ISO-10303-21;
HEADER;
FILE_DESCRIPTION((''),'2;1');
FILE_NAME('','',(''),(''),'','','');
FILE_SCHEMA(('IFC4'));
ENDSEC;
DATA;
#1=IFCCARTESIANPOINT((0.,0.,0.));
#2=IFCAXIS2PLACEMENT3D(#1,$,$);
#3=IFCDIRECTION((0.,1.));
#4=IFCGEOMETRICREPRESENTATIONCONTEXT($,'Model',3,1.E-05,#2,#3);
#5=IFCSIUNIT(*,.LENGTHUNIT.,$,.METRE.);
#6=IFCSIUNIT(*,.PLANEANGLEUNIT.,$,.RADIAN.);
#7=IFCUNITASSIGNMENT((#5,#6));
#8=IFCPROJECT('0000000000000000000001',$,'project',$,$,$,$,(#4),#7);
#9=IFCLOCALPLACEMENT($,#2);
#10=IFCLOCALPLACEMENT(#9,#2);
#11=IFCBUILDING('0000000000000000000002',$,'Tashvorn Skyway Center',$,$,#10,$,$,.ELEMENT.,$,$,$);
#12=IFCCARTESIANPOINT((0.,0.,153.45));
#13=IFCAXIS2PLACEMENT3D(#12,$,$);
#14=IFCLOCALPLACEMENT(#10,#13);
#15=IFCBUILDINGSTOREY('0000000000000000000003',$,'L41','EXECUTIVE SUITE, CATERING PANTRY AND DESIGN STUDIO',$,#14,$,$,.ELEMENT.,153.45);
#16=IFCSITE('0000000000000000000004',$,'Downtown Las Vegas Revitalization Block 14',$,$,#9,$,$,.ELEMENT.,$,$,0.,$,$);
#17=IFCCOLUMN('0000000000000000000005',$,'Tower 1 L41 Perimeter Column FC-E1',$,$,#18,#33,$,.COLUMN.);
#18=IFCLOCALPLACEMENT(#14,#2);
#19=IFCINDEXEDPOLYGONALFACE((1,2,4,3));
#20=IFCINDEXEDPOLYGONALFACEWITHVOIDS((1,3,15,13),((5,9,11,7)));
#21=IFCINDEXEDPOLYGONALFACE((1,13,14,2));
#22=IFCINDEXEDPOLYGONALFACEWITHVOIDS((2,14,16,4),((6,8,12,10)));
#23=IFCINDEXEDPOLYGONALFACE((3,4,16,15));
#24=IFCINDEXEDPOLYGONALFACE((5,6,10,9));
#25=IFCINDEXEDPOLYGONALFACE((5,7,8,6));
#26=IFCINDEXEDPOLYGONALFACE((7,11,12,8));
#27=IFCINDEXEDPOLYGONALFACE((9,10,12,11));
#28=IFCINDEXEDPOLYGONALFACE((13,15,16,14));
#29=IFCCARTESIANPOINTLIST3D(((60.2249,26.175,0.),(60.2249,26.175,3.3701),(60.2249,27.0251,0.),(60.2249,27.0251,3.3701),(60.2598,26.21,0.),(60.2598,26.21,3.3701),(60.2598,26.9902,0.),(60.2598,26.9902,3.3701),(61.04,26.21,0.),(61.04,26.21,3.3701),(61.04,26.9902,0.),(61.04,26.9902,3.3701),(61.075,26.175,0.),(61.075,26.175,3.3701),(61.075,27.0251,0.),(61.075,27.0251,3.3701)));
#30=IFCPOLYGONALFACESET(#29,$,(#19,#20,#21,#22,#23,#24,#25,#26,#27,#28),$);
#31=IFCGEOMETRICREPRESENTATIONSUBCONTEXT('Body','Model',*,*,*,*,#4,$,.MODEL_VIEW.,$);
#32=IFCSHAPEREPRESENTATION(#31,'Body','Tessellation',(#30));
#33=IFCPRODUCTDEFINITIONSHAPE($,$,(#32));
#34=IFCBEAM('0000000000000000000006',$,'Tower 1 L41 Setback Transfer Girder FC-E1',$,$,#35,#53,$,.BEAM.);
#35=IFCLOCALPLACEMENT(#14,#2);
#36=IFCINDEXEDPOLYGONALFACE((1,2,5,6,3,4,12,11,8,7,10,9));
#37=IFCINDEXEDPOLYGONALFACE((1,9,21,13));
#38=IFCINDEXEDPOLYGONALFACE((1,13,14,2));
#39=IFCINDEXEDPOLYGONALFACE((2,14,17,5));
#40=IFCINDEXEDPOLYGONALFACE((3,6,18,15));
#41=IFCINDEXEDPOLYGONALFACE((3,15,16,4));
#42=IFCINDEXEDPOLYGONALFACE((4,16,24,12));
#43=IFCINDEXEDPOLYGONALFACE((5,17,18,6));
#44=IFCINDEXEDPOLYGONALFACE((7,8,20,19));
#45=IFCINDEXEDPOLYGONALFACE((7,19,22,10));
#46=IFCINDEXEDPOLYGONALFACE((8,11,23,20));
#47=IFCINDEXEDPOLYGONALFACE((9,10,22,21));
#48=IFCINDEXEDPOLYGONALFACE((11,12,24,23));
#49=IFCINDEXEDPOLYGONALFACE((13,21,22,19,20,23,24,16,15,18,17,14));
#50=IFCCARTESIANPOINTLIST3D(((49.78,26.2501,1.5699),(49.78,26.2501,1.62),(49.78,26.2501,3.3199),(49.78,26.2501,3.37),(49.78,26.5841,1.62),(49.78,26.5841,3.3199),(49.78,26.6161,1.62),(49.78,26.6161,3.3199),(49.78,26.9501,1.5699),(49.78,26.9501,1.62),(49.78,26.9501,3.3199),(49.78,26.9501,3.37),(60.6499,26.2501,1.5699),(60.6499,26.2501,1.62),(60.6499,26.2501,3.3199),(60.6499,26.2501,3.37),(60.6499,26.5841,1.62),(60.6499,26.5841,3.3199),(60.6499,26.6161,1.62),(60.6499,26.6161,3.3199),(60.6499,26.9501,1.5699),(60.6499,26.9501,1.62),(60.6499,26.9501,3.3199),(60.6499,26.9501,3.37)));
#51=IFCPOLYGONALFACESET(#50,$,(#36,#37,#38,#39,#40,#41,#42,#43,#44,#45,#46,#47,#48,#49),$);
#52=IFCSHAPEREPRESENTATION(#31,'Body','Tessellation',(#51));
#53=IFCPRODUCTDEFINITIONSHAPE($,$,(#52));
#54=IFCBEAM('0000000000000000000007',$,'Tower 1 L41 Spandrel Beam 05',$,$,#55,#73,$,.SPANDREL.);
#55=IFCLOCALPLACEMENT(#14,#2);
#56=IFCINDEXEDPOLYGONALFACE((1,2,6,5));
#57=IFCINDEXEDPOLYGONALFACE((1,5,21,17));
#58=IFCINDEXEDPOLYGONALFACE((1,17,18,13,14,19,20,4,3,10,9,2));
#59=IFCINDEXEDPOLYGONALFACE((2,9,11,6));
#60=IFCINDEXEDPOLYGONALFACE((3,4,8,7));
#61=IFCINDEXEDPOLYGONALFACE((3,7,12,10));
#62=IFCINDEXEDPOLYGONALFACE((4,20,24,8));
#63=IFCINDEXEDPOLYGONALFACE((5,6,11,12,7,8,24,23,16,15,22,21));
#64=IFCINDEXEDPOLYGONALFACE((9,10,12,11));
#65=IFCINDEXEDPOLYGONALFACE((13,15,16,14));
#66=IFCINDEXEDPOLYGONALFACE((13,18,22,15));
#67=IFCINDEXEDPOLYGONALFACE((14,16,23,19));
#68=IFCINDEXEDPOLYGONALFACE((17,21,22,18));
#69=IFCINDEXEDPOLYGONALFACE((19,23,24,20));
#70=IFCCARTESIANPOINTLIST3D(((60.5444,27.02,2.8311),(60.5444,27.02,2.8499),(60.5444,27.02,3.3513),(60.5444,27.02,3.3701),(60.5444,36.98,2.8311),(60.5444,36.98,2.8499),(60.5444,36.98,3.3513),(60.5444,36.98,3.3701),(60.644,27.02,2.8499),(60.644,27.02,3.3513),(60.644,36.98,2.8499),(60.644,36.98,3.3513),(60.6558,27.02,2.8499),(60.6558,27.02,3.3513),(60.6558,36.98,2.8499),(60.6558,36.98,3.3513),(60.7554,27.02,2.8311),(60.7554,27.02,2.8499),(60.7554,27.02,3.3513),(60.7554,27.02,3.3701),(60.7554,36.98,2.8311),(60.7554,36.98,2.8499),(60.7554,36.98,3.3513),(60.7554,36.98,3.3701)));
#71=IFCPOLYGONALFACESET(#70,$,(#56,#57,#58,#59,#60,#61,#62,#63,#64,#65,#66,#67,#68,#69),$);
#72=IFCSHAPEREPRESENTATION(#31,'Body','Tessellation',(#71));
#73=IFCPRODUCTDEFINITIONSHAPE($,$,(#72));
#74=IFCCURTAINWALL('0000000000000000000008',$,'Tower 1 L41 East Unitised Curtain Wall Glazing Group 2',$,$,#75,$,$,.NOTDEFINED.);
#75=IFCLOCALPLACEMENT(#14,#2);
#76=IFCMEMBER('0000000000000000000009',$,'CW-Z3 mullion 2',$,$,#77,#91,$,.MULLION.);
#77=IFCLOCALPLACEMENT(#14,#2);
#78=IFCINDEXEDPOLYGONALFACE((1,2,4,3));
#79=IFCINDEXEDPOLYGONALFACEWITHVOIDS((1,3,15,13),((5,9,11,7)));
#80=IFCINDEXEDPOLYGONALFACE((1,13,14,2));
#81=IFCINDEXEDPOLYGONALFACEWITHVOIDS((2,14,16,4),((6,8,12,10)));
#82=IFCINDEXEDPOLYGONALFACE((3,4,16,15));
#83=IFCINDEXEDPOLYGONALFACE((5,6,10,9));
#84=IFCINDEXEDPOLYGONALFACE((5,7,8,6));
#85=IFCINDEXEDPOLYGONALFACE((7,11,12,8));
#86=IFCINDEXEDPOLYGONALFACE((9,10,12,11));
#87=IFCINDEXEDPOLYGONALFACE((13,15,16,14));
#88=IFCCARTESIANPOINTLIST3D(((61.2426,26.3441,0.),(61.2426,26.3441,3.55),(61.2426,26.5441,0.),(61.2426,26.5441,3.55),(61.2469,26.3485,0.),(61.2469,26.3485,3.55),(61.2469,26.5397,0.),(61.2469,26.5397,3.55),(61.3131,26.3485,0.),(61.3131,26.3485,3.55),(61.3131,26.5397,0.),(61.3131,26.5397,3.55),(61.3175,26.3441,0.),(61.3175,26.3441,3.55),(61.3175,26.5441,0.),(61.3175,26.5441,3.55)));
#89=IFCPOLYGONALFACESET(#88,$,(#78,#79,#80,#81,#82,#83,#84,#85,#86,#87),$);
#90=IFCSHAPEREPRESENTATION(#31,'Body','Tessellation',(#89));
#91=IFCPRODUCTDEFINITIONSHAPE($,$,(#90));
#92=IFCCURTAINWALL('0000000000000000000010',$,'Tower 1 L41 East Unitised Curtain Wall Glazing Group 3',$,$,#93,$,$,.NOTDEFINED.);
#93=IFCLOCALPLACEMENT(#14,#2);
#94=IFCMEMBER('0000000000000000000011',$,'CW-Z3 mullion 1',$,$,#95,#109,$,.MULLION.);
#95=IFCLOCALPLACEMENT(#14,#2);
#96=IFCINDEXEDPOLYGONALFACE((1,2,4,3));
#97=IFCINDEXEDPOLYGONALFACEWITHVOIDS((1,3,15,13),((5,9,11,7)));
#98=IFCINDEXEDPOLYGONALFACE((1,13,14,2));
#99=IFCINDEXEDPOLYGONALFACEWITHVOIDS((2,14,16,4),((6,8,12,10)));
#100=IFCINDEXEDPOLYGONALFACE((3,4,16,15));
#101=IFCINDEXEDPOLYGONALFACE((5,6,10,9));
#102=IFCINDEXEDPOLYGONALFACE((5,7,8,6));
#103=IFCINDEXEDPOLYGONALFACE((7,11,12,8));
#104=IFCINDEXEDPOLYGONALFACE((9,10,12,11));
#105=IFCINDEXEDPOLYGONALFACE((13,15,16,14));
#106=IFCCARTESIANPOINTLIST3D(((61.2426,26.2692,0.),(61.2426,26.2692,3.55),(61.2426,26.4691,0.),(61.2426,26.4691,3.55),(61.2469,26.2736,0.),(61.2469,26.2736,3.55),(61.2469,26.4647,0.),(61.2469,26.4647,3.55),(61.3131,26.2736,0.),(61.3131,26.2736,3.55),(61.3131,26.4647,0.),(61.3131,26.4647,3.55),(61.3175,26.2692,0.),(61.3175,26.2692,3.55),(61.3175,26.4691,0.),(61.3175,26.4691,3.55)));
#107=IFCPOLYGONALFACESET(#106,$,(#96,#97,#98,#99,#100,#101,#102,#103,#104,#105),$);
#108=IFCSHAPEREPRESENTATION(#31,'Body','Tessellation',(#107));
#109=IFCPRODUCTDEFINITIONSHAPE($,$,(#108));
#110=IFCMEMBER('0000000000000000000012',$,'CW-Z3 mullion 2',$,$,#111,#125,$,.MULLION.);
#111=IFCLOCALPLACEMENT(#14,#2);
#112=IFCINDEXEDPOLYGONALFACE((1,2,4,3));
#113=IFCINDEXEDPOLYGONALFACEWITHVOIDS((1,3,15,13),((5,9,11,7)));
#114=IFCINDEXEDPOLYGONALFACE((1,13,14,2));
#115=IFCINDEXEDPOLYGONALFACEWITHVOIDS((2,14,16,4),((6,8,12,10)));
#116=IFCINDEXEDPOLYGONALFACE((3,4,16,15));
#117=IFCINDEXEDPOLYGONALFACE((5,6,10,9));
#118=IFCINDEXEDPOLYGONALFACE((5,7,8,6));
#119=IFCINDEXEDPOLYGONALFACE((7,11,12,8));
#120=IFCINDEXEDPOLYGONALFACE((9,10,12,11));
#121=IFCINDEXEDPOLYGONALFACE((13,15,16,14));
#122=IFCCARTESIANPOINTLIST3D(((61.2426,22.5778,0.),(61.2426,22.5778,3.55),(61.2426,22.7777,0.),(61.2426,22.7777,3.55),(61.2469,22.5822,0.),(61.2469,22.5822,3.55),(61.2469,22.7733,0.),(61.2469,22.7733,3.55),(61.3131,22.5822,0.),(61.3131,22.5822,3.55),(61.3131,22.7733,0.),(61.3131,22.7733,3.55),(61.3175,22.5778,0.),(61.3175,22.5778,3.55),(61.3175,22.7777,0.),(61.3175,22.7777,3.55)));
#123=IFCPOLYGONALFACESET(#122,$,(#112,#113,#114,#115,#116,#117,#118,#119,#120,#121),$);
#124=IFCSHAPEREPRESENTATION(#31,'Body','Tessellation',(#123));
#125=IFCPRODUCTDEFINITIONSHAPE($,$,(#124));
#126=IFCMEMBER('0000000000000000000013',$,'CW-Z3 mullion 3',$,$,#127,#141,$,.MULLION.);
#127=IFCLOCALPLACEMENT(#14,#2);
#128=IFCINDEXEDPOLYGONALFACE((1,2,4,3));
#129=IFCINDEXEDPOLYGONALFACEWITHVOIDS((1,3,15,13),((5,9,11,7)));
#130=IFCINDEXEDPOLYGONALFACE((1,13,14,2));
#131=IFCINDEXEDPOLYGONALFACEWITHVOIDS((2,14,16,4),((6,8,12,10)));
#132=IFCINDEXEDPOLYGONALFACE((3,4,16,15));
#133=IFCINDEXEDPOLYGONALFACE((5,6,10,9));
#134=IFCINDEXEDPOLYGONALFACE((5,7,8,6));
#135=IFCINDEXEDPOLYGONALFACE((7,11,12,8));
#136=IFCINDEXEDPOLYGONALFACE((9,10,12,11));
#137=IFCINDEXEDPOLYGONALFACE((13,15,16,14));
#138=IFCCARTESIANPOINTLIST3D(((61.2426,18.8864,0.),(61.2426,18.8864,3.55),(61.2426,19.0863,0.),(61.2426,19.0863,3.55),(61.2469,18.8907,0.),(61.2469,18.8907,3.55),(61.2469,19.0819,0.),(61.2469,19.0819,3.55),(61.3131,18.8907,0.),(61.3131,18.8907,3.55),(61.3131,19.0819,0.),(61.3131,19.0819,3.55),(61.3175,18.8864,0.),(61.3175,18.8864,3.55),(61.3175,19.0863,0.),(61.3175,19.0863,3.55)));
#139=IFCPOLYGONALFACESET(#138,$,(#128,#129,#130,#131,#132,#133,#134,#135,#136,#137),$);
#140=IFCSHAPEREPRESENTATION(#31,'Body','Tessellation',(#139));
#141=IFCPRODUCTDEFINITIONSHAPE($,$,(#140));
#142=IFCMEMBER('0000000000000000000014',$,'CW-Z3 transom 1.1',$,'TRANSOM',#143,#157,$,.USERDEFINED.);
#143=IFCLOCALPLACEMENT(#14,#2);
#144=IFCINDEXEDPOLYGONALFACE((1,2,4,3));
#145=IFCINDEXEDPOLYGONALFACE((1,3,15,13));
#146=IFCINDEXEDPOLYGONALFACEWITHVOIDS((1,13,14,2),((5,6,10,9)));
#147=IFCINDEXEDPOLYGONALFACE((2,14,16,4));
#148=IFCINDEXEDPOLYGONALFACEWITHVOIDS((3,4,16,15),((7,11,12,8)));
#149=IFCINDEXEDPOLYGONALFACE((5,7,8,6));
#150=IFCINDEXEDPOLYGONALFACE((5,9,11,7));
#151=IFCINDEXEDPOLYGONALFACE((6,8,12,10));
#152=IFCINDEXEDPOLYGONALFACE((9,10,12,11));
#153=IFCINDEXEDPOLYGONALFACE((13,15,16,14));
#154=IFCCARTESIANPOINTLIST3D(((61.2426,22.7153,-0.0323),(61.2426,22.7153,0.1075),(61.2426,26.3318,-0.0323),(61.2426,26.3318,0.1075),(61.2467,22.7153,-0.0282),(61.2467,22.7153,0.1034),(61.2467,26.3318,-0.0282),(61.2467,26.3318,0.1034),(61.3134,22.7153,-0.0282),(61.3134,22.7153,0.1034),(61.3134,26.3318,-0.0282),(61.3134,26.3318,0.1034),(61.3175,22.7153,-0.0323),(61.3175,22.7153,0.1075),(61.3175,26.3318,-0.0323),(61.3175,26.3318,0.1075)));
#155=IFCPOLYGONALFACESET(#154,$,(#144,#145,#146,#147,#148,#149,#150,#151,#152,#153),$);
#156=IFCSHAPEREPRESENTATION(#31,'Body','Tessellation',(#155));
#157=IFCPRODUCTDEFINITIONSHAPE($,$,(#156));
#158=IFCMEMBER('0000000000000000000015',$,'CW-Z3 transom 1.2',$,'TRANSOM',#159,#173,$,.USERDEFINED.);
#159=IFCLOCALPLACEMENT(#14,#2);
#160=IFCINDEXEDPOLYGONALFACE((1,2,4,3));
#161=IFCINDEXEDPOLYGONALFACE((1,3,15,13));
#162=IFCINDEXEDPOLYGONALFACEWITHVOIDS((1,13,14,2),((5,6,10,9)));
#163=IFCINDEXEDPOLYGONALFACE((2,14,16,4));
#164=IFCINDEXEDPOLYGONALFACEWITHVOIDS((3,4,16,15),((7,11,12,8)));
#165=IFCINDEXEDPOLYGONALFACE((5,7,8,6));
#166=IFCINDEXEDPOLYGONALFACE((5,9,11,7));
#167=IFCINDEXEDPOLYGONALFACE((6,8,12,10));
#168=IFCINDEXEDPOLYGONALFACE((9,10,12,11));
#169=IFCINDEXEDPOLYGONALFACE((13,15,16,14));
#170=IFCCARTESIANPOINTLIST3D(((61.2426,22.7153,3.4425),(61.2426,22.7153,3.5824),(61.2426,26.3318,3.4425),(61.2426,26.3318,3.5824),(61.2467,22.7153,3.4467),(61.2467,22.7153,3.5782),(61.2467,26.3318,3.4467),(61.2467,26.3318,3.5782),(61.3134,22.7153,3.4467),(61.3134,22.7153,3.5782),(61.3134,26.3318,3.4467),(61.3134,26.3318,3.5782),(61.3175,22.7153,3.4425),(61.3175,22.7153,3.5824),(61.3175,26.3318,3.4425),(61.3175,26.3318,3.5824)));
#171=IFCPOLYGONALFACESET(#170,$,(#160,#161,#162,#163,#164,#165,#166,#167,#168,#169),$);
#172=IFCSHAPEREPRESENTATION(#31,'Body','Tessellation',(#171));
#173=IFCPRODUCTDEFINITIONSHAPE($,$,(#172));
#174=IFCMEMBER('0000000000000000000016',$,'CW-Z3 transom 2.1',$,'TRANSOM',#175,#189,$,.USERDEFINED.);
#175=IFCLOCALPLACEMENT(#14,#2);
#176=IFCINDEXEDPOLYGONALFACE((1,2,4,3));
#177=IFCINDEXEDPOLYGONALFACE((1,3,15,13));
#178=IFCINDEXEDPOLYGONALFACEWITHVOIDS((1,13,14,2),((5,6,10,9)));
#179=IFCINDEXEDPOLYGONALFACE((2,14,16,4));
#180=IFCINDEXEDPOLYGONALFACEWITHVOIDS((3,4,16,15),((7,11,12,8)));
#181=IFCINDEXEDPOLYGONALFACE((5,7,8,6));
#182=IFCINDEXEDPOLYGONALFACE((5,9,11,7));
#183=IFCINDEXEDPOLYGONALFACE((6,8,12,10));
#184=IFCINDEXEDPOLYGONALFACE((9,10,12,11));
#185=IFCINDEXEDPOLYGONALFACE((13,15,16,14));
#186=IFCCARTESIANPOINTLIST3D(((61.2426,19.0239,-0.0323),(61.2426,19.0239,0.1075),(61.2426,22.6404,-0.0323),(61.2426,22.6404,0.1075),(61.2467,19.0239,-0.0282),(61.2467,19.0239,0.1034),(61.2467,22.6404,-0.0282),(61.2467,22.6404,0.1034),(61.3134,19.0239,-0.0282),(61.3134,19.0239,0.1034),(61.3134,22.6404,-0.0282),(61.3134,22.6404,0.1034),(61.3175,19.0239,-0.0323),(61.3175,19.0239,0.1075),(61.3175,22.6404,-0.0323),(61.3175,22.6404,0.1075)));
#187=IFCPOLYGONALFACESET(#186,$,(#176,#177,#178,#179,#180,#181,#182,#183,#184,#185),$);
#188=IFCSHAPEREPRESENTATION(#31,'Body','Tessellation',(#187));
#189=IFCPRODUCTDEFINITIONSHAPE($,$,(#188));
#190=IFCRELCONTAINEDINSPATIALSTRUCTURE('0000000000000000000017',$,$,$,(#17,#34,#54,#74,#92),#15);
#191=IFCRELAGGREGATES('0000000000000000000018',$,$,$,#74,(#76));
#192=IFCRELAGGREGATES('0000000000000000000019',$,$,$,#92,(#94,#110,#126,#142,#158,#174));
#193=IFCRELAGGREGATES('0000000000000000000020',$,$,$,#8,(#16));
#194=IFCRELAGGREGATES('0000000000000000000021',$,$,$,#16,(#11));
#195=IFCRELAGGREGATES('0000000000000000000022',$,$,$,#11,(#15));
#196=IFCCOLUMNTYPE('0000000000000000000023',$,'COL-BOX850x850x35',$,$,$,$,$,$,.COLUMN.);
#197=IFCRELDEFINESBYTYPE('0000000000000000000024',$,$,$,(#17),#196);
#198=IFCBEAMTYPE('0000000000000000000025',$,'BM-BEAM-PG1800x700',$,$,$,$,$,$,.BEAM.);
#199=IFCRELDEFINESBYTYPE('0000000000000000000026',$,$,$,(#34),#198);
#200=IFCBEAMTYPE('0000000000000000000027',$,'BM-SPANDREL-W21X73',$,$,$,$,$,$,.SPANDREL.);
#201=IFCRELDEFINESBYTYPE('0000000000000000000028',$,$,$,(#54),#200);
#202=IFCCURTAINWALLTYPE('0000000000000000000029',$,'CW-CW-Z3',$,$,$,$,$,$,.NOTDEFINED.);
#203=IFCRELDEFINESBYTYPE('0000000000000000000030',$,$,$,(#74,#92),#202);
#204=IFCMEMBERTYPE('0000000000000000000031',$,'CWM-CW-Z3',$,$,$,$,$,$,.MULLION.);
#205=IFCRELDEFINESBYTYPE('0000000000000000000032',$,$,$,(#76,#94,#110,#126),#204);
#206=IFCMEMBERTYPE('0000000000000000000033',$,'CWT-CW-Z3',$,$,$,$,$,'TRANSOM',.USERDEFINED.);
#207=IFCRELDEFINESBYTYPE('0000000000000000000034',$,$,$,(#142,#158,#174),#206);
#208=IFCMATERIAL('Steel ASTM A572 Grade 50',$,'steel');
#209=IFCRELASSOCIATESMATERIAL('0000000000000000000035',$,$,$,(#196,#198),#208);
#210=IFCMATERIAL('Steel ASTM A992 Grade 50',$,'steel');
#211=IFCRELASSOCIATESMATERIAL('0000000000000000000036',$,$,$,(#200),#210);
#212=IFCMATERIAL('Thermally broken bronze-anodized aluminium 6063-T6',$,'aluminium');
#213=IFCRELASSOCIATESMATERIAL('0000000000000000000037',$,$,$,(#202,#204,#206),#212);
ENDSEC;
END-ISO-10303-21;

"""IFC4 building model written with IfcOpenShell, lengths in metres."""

from ifc_helpers import new_model, si_unit, direction, frame, origin, origin_2d, place, context, subcontext, project, spatial, hollow_rectangle, i_section, extrude, material, material_profile, profile_set, type_object, element, aggregate, save


model = new_model("IFC4")

# Units and contexts
model_context = context("Model", 3, precision=1e-05, world=origin(), true_north=direction((0.0, 1.0)))
body_context = subcontext(model_context, "Body", "Model", "MODEL_VIEW")
ifc_project = project(units=[si_unit("LENGTHUNIT", "METRE"), si_unit("PLANEANGLEUNIT", "RADIAN")], contexts=[model_context])

# Site, building, storey
site_placement = place(None, origin())
site = spatial("IfcSite", under=ifc_project, at=site_placement, Name="Downtown Las Vegas Revitalization Block 14", CompositionType="ELEMENT", RefElevation=0.0)
building_placement = place(site_placement, origin())
building = spatial("IfcBuilding", under=site, at=building_placement, Name="Tashvorn Skyway Center", CompositionType="ELEMENT")
storey_placement = place(building_placement, frame((0.0, 0.0, 153.45)))
storey = spatial("IfcBuildingStorey", under=building, at=storey_placement, Name="L41", Description="EXECUTIVE SUITE, CATERING PANTRY AND DESIGN STUDIO", CompositionType="ELEMENT", Elevation=153.45)

# Column
ifc_material_1 = material(Name="Steel ASTM A572 Grade 50", Category="steel")
ifc_material_profile_1 = material_profile(ifc_material_1, hollow_rectangle(XDim=0.8501, YDim=0.8501, WallThickness=0.0349, at=origin_2d()), Name="BOX850x850x35")
ifc_profile_set_1 = profile_set([ifc_material_profile_1], Name="Steel ASTM A572 Grade 50")
column_type = type_object("IfcColumnType", Name="COL-BOX850x850x35", PredefinedType="COLUMN", material=ifc_profile_set_1)
column_placement = place(storey_placement, frame((60.6499, 26.6001, 0.0), z_axis=(0.0, 0.0, 1.0), x_axis=(1.0, 0.0, 0.0)))
element("IfcColumn", 1, at=column_placement, inside=storey, type_object=column_type, Name="Tower 1 L41 Perimeter Column FC-E1", PredefinedType="COLUMN", context=body_context, shape_type="SweptSolid", body=[
    extrude(hollow_rectangle(XDim=0.8501, YDim=0.8501, WallThickness=0.0349, at=origin_2d()), origin(), (0.0, 0.0, 1.0), 3.3701),
])

# Beams
ifc_material_profile_2 = material_profile(ifc_material_1, i_section(OverallWidth=0.7, OverallDepth=1.8, WebThickness=0.032, FlangeThickness=0.05, at=origin_2d()), Name="PG1800x700")
ifc_profile_set_2 = profile_set([ifc_material_profile_2], Name="Steel ASTM A572 Grade 50")
beam_type_1 = type_object("IfcBeamType", Name="BM-BEAM-PG1800x700", PredefinedType="BEAM", material=ifc_profile_set_2)
beam_1_placement = place(storey_placement, frame((60.6499, 26.6001, 2.47), z_axis=(-1.0, 0.0, 0.0), x_axis=(0.0, -1.0, 0.0)))
element("IfcBeam", 2, at=beam_1_placement, inside=storey, type_object=beam_type_1, Name="Tower 1 L41 Setback Transfer Girder FC-E1", PredefinedType="BEAM", context=body_context, shape_type="SweptSolid", body=[
    extrude(i_section(OverallWidth=0.7, OverallDepth=1.8, WebThickness=0.032, FlangeThickness=0.05, at=origin_2d()), origin(), (0.0, 0.0, 1.0), 10.8699),
])
ifc_material_2 = material(Name="Steel ASTM A992 Grade 50", Category="steel")
ifc_material_profile_3 = material_profile(ifc_material_2, i_section(OverallWidth=0.2109, OverallDepth=0.5391, WebThickness=0.0117, FlangeThickness=0.0188, at=origin_2d()), Name="W21X73")
ifc_profile_set_3 = profile_set([ifc_material_profile_3], Name="Steel ASTM A992 Grade 50")
beam_type_2 = type_object("IfcBeamType", Name="BM-SPANDREL-W21X73", PredefinedType="SPANDREL", material=ifc_profile_set_3)
beam_2_placement = place(storey_placement, frame((60.6499, 27.02, 3.1006), z_axis=(0.0, 1.0, 0.0), x_axis=(-1.0, 0.0, 0.0)))
element("IfcBeam", 3, at=beam_2_placement, inside=storey, type_object=beam_type_2, Name="Tower 1 L41 Spandrel Beam 05", PredefinedType="SPANDREL", context=body_context, shape_type="SweptSolid", body=[
    extrude(i_section(OverallWidth=0.2109, OverallDepth=0.5391, WebThickness=0.0117, FlangeThickness=0.0188, at=origin_2d()), origin(), (0.0, 0.0, 1.0), 9.96),
])

# Curtain wall, member
ifc_material_3 = material(Name="Thermally broken bronze-anodized aluminium 6063-T6", Category="aluminium")
curtain_wall_type = type_object("IfcCurtainWallType", Name="CW-CW-Z3", PredefinedType="NOTDEFINED", material=ifc_material_3)
curtain_wall_1_placement = place(storey_placement, origin())
curtain_wall_1 = element("IfcCurtainWall", 4, at=curtain_wall_1_placement, inside=storey, type_object=curtain_wall_type, Name="Tower 1 L41 East Unitised Curtain Wall Glazing Group 2", PredefinedType="NOTDEFINED")
ifc_material_profile_4 = material_profile(ifc_material_3, hollow_rectangle(XDim=0.075, YDim=0.2, WallThickness=0.0044, at=origin_2d()), Name="ALU-MULL-75x200")
ifc_profile_set_4 = profile_set([ifc_material_profile_4], Name="Thermally broken bronze-anodized aluminium 6063-T6")
member_type_1 = type_object("IfcMemberType", Name="CWM-CW-Z3", PredefinedType="MULLION", material=ifc_profile_set_4)
member_1_placement = place(storey_placement, frame((61.28, 26.4441, 0.0), z_axis=(0.0, 0.0, 1.0), x_axis=(1.0, 0.0, 0.0)))
member_1 = element("IfcMember", 5, at=member_1_placement, type_object=member_type_1, Name="CW-Z3 mullion 2", PredefinedType="MULLION", context=body_context, shape_type="SweptSolid", body=[
    extrude(hollow_rectangle(XDim=0.075, YDim=0.2, WallThickness=0.0044, at=origin_2d()), origin(), (0.0, 0.0, 1.0), 3.55),
])

# Curtain wall, members
curtain_wall_2_placement = place(storey_placement, origin())
curtain_wall_2 = element("IfcCurtainWall", 6, at=curtain_wall_2_placement, inside=storey, type_object=curtain_wall_type, Name="Tower 1 L41 East Unitised Curtain Wall Glazing Group 3", PredefinedType="NOTDEFINED")
member_2_placement = place(storey_placement, frame((61.28, 26.3691, 0.0), z_axis=(0.0, 0.0, 1.0), x_axis=(1.0, 0.0, 0.0)))
member_2 = element("IfcMember", 7, at=member_2_placement, type_object=member_type_1, Name="CW-Z3 mullion 1", PredefinedType="MULLION", context=body_context, shape_type="SweptSolid", body=[
    extrude(hollow_rectangle(XDim=0.075, YDim=0.2, WallThickness=0.0044, at=origin_2d()), origin(), (0.0, 0.0, 1.0), 3.55),
])
member_3_placement = place(storey_placement, frame((61.28, 22.6777, 0.0), z_axis=(0.0, 0.0, 1.0), x_axis=(1.0, 0.0, 0.0)))
member_3 = element("IfcMember", 8, at=member_3_placement, type_object=member_type_1, Name="CW-Z3 mullion 2", PredefinedType="MULLION", context=body_context, shape_type="SweptSolid", body=[
    extrude(hollow_rectangle(XDim=0.075, YDim=0.2, WallThickness=0.0044, at=origin_2d()), origin(), (0.0, 0.0, 1.0), 3.55),
])
member_4_placement = place(storey_placement, frame((61.28, 18.9863, 0.0), z_axis=(0.0, 0.0, 1.0), x_axis=(1.0, 0.0, 0.0)))
member_4 = element("IfcMember", 9, at=member_4_placement, type_object=member_type_1, Name="CW-Z3 mullion 3", PredefinedType="MULLION", context=body_context, shape_type="SweptSolid", body=[
    extrude(hollow_rectangle(XDim=0.075, YDim=0.2, WallThickness=0.0044, at=origin_2d()), origin(), (0.0, 0.0, 1.0), 3.55),
])
ifc_material_profile_5 = material_profile(ifc_material_3, hollow_rectangle(XDim=0.075, YDim=0.1399, WallThickness=0.0042, at=origin_2d()), Name="ALU-TRAN-75x140")
ifc_profile_set_5 = profile_set([ifc_material_profile_5], Name="Thermally broken bronze-anodized aluminium 6063-T6")
member_type_2 = type_object("IfcMemberType", Name="CWT-CW-Z3", ElementType="TRANSOM", PredefinedType="USERDEFINED", material=ifc_profile_set_5)
member_5_placement = place(storey_placement, frame((61.28, 26.3318, 0.0376), z_axis=(0.0, -1.0, 0.0), x_axis=(1.0, 0.0, 0.0)))
member_5 = element("IfcMember", 10, at=member_5_placement, type_object=member_type_2, Name="CW-Z3 transom 1.1", ObjectType="TRANSOM", PredefinedType="USERDEFINED", context=body_context, shape_type="SweptSolid", body=[
    extrude(hollow_rectangle(XDim=0.075, YDim=0.1399, WallThickness=0.0042, at=origin_2d()), origin(), (0.0, 0.0, 1.0), 3.6165),
])
member_6_placement = place(storey_placement, frame((61.28, 26.3318, 3.5125), z_axis=(0.0, -1.0, 0.0), x_axis=(1.0, 0.0, 0.0)))
member_6 = element("IfcMember", 11, at=member_6_placement, type_object=member_type_2, Name="CW-Z3 transom 1.2", ObjectType="TRANSOM", PredefinedType="USERDEFINED", context=body_context, shape_type="SweptSolid", body=[
    extrude(hollow_rectangle(XDim=0.075, YDim=0.1399, WallThickness=0.0042, at=origin_2d()), origin(), (0.0, 0.0, 1.0), 3.6165),
])
member_7_placement = place(storey_placement, frame((61.28, 22.6404, 0.0376), z_axis=(0.0, -1.0, 0.0), x_axis=(1.0, 0.0, 0.0)))
member_7 = element("IfcMember", 12, at=member_7_placement, type_object=member_type_2, Name="CW-Z3 transom 2.1", ObjectType="TRANSOM", PredefinedType="USERDEFINED", context=body_context, shape_type="SweptSolid", body=[
    extrude(hollow_rectangle(XDim=0.075, YDim=0.1399, WallThickness=0.0042, at=origin_2d()), origin(), (0.0, 0.0, 1.0), 3.6165),
])

aggregate(curtain_wall_1, [member_1])
aggregate(curtain_wall_2, [member_2, member_3, member_4, member_5, member_6, member_7])

save(model, "model.ifc")
